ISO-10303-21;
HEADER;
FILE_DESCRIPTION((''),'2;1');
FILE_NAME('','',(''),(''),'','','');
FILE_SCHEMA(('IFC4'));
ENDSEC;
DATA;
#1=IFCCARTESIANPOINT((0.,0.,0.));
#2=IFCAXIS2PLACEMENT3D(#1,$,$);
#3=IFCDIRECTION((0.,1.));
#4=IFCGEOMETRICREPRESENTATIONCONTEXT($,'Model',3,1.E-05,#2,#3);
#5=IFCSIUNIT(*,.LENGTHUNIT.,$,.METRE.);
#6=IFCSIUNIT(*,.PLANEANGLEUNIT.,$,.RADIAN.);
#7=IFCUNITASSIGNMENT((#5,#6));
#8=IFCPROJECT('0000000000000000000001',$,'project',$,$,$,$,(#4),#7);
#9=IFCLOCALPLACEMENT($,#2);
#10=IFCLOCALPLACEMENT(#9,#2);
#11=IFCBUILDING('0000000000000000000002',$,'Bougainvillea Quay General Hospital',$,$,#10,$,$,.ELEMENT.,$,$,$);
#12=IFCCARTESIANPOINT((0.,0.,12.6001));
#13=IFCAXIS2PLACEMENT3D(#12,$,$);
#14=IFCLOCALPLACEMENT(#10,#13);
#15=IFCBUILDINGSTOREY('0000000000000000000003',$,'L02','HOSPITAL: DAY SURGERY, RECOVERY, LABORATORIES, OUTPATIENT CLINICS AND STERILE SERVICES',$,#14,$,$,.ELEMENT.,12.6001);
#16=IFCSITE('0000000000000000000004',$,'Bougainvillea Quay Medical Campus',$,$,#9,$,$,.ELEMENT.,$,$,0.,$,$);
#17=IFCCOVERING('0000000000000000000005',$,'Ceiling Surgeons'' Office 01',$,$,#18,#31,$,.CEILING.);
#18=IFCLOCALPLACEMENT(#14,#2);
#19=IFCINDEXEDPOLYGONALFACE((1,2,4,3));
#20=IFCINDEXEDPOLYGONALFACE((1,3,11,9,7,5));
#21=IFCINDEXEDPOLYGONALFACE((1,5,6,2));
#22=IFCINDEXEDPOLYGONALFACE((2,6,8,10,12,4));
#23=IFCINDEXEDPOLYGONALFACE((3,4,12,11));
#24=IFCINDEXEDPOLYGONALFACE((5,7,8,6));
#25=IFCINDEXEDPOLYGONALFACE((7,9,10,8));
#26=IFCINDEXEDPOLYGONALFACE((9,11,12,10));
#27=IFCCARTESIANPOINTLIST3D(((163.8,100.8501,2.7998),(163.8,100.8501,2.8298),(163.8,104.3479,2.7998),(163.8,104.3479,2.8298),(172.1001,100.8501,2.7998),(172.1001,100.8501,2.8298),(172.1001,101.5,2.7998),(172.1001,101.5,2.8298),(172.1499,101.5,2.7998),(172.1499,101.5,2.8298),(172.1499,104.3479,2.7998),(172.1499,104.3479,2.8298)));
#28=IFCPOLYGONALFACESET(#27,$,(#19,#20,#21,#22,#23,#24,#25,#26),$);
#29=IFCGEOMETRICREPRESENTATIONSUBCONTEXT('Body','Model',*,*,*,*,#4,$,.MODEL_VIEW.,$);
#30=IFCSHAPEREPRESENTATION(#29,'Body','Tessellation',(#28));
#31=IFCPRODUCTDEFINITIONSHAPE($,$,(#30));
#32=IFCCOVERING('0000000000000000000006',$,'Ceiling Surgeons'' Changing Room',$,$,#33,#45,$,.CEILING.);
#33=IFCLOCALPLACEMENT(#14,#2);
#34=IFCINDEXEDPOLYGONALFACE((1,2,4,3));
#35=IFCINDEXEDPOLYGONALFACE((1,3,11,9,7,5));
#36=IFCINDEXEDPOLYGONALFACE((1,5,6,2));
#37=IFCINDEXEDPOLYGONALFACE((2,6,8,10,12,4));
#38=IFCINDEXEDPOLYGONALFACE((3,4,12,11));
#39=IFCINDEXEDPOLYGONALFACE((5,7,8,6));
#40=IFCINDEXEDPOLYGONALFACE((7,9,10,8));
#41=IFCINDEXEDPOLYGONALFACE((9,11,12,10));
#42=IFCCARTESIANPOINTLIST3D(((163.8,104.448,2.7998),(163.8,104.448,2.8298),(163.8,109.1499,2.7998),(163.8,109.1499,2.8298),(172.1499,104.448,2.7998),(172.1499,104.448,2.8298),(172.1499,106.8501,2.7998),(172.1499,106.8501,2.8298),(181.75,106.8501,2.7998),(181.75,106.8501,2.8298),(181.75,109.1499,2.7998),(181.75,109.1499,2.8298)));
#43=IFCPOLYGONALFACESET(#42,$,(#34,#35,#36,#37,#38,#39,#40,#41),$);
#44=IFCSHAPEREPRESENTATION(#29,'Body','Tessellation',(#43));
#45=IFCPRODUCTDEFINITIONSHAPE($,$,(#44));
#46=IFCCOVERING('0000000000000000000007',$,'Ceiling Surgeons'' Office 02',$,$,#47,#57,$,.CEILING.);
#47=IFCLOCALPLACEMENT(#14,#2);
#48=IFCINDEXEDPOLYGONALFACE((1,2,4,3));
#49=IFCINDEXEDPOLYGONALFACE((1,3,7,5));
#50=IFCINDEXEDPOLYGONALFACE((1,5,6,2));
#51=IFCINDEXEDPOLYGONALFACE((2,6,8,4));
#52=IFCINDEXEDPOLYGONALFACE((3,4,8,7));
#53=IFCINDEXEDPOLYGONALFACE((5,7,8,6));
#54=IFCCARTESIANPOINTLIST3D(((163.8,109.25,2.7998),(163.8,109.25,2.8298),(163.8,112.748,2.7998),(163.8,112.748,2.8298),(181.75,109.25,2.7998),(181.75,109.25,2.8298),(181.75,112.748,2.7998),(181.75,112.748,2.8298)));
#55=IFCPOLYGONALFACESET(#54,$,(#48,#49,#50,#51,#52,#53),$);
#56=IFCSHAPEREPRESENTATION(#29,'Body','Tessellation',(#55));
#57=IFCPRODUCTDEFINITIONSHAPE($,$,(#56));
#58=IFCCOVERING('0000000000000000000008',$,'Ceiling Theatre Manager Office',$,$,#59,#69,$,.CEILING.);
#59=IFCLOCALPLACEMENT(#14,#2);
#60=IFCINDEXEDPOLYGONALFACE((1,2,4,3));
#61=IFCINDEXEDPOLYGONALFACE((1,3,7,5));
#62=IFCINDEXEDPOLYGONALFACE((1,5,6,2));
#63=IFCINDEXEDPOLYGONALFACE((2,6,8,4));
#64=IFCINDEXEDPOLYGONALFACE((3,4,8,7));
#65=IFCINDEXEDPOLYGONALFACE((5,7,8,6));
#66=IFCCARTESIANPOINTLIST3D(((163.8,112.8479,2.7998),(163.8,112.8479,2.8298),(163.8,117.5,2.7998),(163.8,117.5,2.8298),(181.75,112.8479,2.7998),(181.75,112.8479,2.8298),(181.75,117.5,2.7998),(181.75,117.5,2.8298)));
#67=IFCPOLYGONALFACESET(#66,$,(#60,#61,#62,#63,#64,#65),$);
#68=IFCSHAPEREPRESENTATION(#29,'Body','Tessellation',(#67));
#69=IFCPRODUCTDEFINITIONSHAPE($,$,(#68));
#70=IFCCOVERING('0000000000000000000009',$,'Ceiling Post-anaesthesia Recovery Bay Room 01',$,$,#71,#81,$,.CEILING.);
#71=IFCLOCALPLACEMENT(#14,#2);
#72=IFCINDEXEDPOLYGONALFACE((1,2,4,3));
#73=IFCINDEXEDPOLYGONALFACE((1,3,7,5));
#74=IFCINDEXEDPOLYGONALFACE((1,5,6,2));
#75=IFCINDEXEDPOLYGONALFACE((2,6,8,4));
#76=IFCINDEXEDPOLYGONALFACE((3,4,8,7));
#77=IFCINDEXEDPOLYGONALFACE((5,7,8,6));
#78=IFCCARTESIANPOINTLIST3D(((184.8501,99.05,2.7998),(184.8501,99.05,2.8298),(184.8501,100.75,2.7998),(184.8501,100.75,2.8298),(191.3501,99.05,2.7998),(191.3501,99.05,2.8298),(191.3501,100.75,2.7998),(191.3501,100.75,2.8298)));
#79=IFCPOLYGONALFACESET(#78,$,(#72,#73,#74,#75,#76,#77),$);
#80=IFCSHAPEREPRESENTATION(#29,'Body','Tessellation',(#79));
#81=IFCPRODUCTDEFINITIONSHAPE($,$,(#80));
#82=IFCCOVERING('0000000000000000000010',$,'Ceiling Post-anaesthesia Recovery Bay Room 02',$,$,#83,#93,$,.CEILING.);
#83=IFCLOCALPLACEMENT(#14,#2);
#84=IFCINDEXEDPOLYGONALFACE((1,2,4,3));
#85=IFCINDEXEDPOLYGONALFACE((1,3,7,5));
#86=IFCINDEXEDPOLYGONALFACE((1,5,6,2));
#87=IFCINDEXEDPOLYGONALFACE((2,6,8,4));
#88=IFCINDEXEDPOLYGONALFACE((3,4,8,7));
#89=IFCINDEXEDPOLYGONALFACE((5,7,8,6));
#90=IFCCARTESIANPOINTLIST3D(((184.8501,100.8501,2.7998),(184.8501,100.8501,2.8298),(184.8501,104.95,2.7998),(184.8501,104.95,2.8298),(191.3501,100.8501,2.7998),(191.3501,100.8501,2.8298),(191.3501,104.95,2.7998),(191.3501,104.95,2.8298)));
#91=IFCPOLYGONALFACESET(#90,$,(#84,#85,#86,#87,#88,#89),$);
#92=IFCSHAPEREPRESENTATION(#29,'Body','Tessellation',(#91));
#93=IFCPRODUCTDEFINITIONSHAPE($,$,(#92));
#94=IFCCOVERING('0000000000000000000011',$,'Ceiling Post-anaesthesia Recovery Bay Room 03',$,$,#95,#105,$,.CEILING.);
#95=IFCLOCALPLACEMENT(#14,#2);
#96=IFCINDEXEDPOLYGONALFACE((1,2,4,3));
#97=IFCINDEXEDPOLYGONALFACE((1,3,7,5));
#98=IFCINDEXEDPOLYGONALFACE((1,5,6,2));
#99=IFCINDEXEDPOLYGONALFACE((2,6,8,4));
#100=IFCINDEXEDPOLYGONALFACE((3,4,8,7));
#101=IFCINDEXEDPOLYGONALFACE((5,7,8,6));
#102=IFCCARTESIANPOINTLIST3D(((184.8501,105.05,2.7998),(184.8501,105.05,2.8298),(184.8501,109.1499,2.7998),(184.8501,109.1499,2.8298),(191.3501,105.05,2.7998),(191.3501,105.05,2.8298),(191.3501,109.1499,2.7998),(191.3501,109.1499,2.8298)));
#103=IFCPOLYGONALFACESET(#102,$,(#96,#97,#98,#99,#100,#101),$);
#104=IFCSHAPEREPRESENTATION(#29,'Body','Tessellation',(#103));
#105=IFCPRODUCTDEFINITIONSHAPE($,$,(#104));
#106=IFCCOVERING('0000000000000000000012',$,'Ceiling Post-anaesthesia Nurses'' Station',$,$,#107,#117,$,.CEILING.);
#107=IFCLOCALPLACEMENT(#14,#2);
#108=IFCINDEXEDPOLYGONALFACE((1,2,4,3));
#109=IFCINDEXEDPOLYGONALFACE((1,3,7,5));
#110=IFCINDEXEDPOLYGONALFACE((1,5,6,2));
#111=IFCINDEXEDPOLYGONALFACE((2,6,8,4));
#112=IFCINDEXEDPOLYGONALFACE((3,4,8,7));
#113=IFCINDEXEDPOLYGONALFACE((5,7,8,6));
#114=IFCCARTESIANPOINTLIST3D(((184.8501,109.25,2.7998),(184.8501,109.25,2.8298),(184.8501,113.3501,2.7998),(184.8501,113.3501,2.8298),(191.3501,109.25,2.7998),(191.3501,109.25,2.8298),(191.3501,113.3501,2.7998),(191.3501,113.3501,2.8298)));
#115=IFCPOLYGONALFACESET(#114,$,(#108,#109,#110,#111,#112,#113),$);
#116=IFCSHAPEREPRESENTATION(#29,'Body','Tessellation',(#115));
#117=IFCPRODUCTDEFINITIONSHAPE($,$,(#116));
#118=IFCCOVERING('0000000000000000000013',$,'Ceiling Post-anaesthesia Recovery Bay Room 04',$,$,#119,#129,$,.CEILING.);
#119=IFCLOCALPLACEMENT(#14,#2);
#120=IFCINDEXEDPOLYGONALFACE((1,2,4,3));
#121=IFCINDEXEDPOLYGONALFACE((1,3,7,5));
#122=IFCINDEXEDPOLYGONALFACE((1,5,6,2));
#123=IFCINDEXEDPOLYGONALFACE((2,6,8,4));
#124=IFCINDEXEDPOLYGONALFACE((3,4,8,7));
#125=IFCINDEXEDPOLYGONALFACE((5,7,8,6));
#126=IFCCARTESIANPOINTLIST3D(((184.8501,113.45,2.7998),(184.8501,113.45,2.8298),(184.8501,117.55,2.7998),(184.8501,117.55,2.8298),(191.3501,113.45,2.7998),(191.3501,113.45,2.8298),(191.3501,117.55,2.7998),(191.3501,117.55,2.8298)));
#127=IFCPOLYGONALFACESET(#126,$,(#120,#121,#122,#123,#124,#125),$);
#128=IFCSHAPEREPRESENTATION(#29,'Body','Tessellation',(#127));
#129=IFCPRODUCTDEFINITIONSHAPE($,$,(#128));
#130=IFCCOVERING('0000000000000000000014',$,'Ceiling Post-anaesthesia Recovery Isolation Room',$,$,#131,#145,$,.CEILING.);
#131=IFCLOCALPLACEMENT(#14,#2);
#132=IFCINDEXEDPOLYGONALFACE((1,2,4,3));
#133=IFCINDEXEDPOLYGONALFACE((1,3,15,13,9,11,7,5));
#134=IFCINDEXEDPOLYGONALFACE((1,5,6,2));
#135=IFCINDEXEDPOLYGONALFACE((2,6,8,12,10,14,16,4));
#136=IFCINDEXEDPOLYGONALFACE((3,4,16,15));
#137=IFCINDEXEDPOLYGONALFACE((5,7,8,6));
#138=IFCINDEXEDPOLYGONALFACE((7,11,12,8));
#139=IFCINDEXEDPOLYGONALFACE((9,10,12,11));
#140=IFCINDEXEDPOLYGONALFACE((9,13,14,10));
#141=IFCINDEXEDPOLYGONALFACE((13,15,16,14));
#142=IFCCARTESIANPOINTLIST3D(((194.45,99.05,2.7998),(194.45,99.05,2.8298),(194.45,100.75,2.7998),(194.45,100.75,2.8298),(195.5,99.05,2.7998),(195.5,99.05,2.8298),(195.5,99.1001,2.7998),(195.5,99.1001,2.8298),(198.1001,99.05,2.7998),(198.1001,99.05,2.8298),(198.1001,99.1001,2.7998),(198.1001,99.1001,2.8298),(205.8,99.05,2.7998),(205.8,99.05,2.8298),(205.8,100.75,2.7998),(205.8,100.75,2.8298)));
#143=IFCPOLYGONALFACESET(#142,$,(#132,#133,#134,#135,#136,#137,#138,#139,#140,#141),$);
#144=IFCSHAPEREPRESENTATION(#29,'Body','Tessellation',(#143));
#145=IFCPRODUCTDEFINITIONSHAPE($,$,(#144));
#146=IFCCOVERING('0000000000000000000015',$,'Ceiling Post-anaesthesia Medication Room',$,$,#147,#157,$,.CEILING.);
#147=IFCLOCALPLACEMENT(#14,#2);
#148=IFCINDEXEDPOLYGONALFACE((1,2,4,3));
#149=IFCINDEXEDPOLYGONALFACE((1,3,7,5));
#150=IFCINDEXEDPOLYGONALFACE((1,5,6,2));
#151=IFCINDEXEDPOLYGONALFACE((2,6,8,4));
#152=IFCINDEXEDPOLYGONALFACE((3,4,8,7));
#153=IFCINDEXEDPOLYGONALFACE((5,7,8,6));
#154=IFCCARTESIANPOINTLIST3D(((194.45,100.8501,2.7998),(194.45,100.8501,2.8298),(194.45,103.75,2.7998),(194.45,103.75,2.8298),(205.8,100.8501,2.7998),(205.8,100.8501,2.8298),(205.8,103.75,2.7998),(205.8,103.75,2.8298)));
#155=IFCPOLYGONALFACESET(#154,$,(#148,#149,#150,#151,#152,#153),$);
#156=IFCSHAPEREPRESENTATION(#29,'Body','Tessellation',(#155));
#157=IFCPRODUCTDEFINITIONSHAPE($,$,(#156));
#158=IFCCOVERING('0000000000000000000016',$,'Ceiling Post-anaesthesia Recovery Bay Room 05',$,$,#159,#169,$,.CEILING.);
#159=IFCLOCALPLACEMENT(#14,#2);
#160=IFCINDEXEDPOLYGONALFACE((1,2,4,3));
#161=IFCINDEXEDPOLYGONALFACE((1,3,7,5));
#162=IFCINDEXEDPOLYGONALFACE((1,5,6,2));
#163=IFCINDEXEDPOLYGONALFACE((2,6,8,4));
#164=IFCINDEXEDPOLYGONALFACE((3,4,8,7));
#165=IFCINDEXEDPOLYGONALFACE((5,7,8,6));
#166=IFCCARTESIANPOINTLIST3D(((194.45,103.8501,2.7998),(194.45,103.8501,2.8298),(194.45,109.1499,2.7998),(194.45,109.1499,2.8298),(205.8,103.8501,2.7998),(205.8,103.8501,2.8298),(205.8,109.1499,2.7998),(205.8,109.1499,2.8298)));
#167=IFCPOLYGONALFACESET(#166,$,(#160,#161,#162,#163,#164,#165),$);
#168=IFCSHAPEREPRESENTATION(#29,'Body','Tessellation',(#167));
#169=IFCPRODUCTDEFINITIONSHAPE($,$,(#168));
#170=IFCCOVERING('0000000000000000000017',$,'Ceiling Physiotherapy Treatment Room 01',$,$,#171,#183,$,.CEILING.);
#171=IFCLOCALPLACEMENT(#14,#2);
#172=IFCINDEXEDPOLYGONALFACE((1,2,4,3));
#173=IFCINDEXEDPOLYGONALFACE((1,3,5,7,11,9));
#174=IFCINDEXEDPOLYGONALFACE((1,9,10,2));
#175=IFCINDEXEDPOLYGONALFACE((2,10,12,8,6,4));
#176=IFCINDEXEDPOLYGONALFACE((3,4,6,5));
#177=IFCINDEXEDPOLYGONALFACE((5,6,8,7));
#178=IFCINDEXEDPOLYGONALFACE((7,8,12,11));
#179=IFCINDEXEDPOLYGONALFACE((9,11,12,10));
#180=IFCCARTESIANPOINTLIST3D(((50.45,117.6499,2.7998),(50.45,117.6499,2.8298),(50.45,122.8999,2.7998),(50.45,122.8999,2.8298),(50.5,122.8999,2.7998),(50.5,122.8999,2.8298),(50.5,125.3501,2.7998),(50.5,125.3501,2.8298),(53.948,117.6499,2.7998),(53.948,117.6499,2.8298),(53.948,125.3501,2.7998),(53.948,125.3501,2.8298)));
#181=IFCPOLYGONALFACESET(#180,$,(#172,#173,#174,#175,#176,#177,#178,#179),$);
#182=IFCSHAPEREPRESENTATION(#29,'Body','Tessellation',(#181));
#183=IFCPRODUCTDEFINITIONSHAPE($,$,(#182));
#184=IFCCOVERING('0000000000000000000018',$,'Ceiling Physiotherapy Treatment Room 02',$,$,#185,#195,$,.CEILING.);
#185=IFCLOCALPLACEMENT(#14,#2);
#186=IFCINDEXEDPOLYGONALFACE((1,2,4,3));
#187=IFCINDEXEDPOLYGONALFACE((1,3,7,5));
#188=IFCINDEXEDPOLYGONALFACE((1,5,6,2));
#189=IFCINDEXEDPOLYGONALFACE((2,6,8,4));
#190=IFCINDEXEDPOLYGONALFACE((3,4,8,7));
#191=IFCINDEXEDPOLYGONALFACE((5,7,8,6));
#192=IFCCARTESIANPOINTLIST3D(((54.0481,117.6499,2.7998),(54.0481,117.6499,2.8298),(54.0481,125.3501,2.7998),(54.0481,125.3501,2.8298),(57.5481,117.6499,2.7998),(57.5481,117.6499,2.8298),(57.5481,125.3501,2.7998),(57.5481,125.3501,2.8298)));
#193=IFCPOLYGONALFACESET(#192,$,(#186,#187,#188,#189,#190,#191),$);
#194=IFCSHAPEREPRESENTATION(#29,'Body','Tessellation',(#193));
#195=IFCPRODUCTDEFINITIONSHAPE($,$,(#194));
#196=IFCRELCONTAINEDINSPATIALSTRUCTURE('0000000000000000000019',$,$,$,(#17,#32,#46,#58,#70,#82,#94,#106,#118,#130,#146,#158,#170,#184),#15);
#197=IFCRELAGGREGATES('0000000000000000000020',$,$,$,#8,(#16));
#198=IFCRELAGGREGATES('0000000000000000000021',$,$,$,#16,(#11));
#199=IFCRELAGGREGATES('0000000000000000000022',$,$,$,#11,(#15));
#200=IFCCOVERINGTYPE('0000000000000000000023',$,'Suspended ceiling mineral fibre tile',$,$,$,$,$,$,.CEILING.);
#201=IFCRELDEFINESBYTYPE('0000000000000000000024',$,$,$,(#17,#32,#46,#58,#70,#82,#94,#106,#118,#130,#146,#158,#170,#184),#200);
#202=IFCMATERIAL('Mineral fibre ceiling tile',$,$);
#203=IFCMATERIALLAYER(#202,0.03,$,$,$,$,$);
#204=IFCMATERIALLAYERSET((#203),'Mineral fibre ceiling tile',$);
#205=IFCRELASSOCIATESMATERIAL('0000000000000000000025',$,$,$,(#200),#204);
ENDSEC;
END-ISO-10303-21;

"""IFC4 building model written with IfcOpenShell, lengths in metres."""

from ifc_helpers import new_model, si_unit, direction, frame, origin, place, context, subcontext, project, spatial, polyline, outline, extrude, material, layer, layer_set, type_object, element, save


model = new_model("IFC4")

# Units and contexts
model_context = context("Model", 3, precision=1e-05, world=origin(), true_north=direction((0.0, 1.0)))
body_context = subcontext(model_context, "Body", "Model", "MODEL_VIEW")
ifc_project = project(units=[si_unit("LENGTHUNIT", "METRE"), si_unit("PLANEANGLEUNIT", "RADIAN")], contexts=[model_context])

# Site, building, storey
site_placement = place(None, origin())
site = spatial("IfcSite", under=ifc_project, at=site_placement, Name="Bougainvillea Quay Medical Campus", CompositionType="ELEMENT", RefElevation=0.0)
building_placement = place(site_placement, origin())
building = spatial("IfcBuilding", under=site, at=building_placement, Name="Bougainvillea Quay General Hospital", CompositionType="ELEMENT")
storey_placement = place(building_placement, frame((0.0, 0.0, 12.6001)))
storey = spatial("IfcBuildingStorey", under=building, at=storey_placement, Name="L02", Description="HOSPITAL: DAY SURGERY, RECOVERY, LABORATORIES, OUTPATIENT CLINICS AND STERILE SERVICES", CompositionType="ELEMENT", Elevation=12.6001)

# Coverings
ifc_material = material(Name="Mineral fibre ceiling tile")
ifc_layer = layer(ifc_material, 0.03)
ifc_layer_set = layer_set([ifc_layer], Name="Mineral fibre ceiling tile")
covering_type = type_object("IfcCoveringType", Name="Suspended ceiling mineral fibre tile", PredefinedType="CEILING", material=ifc_layer_set)
covering_1_placement = place(storey_placement, frame((0.0, 0.0, 2.7998)))
element("IfcCovering", 1, at=covering_1_placement, inside=storey, type_object=covering_type, Name="Ceiling Surgeons' Office 01", PredefinedType="CEILING", context=body_context, shape_type="SweptSolid", body=[
    extrude(outline(polyline([(163.8, 100.8501), (172.1001, 100.8501), (172.1001, 101.5), (172.1499, 101.5), (172.1499, 104.3479), (163.8, 104.3479), (163.8, 100.8501)])), origin(), (0.0, 0.0, 1.0), 0.03),
])
covering_2_placement = place(storey_placement, frame((0.0, 0.0, 2.7998)))
element("IfcCovering", 2, at=covering_2_placement, inside=storey, type_object=covering_type, Name="Ceiling Surgeons' Changing Room", PredefinedType="CEILING", context=body_context, shape_type="SweptSolid", body=[
    extrude(outline(polyline([(163.8, 104.448), (172.1499, 104.448), (172.1499, 106.8501), (181.75, 106.8501), (181.75, 109.1499), (163.8, 109.1499), (163.8, 104.448)])), origin(), (0.0, 0.0, 1.0), 0.03),
])
covering_3_placement = place(storey_placement, frame((0.0, 0.0, 2.7998)))
element("IfcCovering", 3, at=covering_3_placement, inside=storey, type_object=covering_type, Name="Ceiling Surgeons' Office 02", PredefinedType="CEILING", context=body_context, shape_type="SweptSolid", body=[
    extrude(outline(polyline([(163.8, 109.25), (181.75, 109.25), (181.75, 112.748), (163.8, 112.748), (163.8, 109.25)])), origin(), (0.0, 0.0, 1.0), 0.03),
])
covering_4_placement = place(storey_placement, frame((0.0, 0.0, 2.7998)))
element("IfcCovering", 4, at=covering_4_placement, inside=storey, type_object=covering_type, Name="Ceiling Theatre Manager Office", PredefinedType="CEILING", context=body_context, shape_type="SweptSolid", body=[
    extrude(outline(polyline([(163.8, 112.8479), (181.75, 112.8479), (181.75, 117.5), (163.8, 117.5), (163.8, 112.8479)])), origin(), (0.0, 0.0, 1.0), 0.03),
])
covering_5_placement = place(storey_placement, frame((0.0, 0.0, 2.7998)))
element("IfcCovering", 5, at=covering_5_placement, inside=storey, type_object=covering_type, Name="Ceiling Post-anaesthesia Recovery Bay Room 01", PredefinedType="CEILING", context=body_context, shape_type="SweptSolid", body=[
    extrude(outline(polyline([(191.3501, 99.05), (191.3501, 100.75), (184.8501, 100.75), (184.8501, 99.05), (191.3501, 99.05)])), origin(), (0.0, 0.0, 1.0), 0.03),
])
covering_6_placement = place(storey_placement, frame((0.0, 0.0, 2.7998)))
element("IfcCovering", 6, at=covering_6_placement, inside=storey, type_object=covering_type, Name="Ceiling Post-anaesthesia Recovery Bay Room 02", PredefinedType="CEILING", context=body_context, shape_type="SweptSolid", body=[
    extrude(outline(polyline([(191.3501, 104.95), (184.8501, 104.95), (184.8501, 100.8501), (191.3501, 100.8501), (191.3501, 104.95)])), origin(), (0.0, 0.0, 1.0), 0.03),
])
covering_7_placement = place(storey_placement, frame((0.0, 0.0, 2.7998)))
element("IfcCovering", 7, at=covering_7_placement, inside=storey, type_object=covering_type, Name="Ceiling Post-anaesthesia Recovery Bay Room 03", PredefinedType="CEILING", context=body_context, shape_type="SweptSolid", body=[
    extrude(outline(polyline([(191.3501, 109.1499), (184.8501, 109.1499), (184.8501, 105.05), (191.3501, 105.05), (191.3501, 109.1499)])), origin(), (0.0, 0.0, 1.0), 0.03),
])
covering_8_placement = place(storey_placement, frame((0.0, 0.0, 2.7998)))
element("IfcCovering", 8, at=covering_8_placement, inside=storey, type_object=covering_type, Name="Ceiling Post-anaesthesia Nurses' Station", PredefinedType="CEILING", context=body_context, shape_type="SweptSolid", body=[
    extrude(outline(polyline([(184.8501, 113.3501), (184.8501, 109.25), (191.3501, 109.25), (191.3501, 113.3501), (184.8501, 113.3501)])), origin(), (0.0, 0.0, 1.0), 0.03),
])
covering_9_placement = place(storey_placement, frame((0.0, 0.0, 2.7998)))
element("IfcCovering", 9, at=covering_9_placement, inside=storey, type_object=covering_type, Name="Ceiling Post-anaesthesia Recovery Bay Room 04", PredefinedType="CEILING", context=body_context, shape_type="SweptSolid", body=[
    extrude(outline(polyline([(191.3501, 113.45), (191.3501, 117.55), (184.8501, 117.55), (184.8501, 113.45), (191.3501, 113.45)])), origin(), (0.0, 0.0, 1.0), 0.03),
])
covering_10_placement = place(storey_placement, frame((0.0, 0.0, 2.7998)))
element("IfcCovering", 10, at=covering_10_placement, inside=storey, type_object=covering_type, Name="Ceiling Post-anaesthesia Recovery Isolation Room", PredefinedType="CEILING", context=body_context, shape_type="SweptSolid", body=[
    extrude(outline(polyline([(205.8, 100.75), (194.45, 100.75), (194.45, 99.05), (195.5, 99.05), (195.5, 99.1001), (198.1001, 99.1001), (198.1001, 99.05), (205.8, 99.05), (205.8, 100.75)])), origin(), (0.0, 0.0, 1.0), 0.03),
])
covering_11_placement = place(storey_placement, frame((0.0, 0.0, 2.7998)))
element("IfcCovering", 11, at=covering_11_placement, inside=storey, type_object=covering_type, Name="Ceiling Post-anaesthesia Medication Room", PredefinedType="CEILING", context=body_context, shape_type="SweptSolid", body=[
    extrude(outline(polyline([(205.8, 103.75), (194.45, 103.75), (194.45, 100.8501), (205.8, 100.8501), (205.8, 103.75)])), origin(), (0.0, 0.0, 1.0), 0.03),
])
covering_12_placement = place(storey_placement, frame((0.0, 0.0, 2.7998)))
element("IfcCovering", 12, at=covering_12_placement, inside=storey, type_object=covering_type, Name="Ceiling Post-anaesthesia Recovery Bay Room 05", PredefinedType="CEILING", context=body_context, shape_type="SweptSolid", body=[
    extrude(outline(polyline([(205.8, 109.1499), (194.45, 109.1499), (194.45, 103.8501), (205.8, 103.8501), (205.8, 109.1499)])), origin(), (0.0, 0.0, 1.0), 0.03),
])
covering_13_placement = place(storey_placement, frame((0.0, 0.0, 2.7998)))
element("IfcCovering", 13, at=covering_13_placement, inside=storey, type_object=covering_type, Name="Ceiling Physiotherapy Treatment Room 01", PredefinedType="CEILING", context=body_context, shape_type="SweptSolid", body=[
    extrude(outline(polyline([(50.45, 117.6499), (53.948, 117.6499), (53.948, 125.3501), (50.5, 125.3501), (50.5, 122.8999), (50.45, 122.8999), (50.45, 117.6499)])), origin(), (0.0, 0.0, 1.0), 0.03),
])
covering_14_placement = place(storey_placement, frame((0.0, 0.0, 2.7998)))
element("IfcCovering", 14, at=covering_14_placement, inside=storey, type_object=covering_type, Name="Ceiling Physiotherapy Treatment Room 02", PredefinedType="CEILING", context=body_context, shape_type="SweptSolid", body=[
    extrude(outline(polyline([(54.0481, 117.6499), (57.5481, 117.6499), (57.5481, 125.3501), (54.0481, 125.3501), (54.0481, 117.6499)])), origin(), (0.0, 0.0, 1.0), 0.03),
])

save(model, "model.ifc")
